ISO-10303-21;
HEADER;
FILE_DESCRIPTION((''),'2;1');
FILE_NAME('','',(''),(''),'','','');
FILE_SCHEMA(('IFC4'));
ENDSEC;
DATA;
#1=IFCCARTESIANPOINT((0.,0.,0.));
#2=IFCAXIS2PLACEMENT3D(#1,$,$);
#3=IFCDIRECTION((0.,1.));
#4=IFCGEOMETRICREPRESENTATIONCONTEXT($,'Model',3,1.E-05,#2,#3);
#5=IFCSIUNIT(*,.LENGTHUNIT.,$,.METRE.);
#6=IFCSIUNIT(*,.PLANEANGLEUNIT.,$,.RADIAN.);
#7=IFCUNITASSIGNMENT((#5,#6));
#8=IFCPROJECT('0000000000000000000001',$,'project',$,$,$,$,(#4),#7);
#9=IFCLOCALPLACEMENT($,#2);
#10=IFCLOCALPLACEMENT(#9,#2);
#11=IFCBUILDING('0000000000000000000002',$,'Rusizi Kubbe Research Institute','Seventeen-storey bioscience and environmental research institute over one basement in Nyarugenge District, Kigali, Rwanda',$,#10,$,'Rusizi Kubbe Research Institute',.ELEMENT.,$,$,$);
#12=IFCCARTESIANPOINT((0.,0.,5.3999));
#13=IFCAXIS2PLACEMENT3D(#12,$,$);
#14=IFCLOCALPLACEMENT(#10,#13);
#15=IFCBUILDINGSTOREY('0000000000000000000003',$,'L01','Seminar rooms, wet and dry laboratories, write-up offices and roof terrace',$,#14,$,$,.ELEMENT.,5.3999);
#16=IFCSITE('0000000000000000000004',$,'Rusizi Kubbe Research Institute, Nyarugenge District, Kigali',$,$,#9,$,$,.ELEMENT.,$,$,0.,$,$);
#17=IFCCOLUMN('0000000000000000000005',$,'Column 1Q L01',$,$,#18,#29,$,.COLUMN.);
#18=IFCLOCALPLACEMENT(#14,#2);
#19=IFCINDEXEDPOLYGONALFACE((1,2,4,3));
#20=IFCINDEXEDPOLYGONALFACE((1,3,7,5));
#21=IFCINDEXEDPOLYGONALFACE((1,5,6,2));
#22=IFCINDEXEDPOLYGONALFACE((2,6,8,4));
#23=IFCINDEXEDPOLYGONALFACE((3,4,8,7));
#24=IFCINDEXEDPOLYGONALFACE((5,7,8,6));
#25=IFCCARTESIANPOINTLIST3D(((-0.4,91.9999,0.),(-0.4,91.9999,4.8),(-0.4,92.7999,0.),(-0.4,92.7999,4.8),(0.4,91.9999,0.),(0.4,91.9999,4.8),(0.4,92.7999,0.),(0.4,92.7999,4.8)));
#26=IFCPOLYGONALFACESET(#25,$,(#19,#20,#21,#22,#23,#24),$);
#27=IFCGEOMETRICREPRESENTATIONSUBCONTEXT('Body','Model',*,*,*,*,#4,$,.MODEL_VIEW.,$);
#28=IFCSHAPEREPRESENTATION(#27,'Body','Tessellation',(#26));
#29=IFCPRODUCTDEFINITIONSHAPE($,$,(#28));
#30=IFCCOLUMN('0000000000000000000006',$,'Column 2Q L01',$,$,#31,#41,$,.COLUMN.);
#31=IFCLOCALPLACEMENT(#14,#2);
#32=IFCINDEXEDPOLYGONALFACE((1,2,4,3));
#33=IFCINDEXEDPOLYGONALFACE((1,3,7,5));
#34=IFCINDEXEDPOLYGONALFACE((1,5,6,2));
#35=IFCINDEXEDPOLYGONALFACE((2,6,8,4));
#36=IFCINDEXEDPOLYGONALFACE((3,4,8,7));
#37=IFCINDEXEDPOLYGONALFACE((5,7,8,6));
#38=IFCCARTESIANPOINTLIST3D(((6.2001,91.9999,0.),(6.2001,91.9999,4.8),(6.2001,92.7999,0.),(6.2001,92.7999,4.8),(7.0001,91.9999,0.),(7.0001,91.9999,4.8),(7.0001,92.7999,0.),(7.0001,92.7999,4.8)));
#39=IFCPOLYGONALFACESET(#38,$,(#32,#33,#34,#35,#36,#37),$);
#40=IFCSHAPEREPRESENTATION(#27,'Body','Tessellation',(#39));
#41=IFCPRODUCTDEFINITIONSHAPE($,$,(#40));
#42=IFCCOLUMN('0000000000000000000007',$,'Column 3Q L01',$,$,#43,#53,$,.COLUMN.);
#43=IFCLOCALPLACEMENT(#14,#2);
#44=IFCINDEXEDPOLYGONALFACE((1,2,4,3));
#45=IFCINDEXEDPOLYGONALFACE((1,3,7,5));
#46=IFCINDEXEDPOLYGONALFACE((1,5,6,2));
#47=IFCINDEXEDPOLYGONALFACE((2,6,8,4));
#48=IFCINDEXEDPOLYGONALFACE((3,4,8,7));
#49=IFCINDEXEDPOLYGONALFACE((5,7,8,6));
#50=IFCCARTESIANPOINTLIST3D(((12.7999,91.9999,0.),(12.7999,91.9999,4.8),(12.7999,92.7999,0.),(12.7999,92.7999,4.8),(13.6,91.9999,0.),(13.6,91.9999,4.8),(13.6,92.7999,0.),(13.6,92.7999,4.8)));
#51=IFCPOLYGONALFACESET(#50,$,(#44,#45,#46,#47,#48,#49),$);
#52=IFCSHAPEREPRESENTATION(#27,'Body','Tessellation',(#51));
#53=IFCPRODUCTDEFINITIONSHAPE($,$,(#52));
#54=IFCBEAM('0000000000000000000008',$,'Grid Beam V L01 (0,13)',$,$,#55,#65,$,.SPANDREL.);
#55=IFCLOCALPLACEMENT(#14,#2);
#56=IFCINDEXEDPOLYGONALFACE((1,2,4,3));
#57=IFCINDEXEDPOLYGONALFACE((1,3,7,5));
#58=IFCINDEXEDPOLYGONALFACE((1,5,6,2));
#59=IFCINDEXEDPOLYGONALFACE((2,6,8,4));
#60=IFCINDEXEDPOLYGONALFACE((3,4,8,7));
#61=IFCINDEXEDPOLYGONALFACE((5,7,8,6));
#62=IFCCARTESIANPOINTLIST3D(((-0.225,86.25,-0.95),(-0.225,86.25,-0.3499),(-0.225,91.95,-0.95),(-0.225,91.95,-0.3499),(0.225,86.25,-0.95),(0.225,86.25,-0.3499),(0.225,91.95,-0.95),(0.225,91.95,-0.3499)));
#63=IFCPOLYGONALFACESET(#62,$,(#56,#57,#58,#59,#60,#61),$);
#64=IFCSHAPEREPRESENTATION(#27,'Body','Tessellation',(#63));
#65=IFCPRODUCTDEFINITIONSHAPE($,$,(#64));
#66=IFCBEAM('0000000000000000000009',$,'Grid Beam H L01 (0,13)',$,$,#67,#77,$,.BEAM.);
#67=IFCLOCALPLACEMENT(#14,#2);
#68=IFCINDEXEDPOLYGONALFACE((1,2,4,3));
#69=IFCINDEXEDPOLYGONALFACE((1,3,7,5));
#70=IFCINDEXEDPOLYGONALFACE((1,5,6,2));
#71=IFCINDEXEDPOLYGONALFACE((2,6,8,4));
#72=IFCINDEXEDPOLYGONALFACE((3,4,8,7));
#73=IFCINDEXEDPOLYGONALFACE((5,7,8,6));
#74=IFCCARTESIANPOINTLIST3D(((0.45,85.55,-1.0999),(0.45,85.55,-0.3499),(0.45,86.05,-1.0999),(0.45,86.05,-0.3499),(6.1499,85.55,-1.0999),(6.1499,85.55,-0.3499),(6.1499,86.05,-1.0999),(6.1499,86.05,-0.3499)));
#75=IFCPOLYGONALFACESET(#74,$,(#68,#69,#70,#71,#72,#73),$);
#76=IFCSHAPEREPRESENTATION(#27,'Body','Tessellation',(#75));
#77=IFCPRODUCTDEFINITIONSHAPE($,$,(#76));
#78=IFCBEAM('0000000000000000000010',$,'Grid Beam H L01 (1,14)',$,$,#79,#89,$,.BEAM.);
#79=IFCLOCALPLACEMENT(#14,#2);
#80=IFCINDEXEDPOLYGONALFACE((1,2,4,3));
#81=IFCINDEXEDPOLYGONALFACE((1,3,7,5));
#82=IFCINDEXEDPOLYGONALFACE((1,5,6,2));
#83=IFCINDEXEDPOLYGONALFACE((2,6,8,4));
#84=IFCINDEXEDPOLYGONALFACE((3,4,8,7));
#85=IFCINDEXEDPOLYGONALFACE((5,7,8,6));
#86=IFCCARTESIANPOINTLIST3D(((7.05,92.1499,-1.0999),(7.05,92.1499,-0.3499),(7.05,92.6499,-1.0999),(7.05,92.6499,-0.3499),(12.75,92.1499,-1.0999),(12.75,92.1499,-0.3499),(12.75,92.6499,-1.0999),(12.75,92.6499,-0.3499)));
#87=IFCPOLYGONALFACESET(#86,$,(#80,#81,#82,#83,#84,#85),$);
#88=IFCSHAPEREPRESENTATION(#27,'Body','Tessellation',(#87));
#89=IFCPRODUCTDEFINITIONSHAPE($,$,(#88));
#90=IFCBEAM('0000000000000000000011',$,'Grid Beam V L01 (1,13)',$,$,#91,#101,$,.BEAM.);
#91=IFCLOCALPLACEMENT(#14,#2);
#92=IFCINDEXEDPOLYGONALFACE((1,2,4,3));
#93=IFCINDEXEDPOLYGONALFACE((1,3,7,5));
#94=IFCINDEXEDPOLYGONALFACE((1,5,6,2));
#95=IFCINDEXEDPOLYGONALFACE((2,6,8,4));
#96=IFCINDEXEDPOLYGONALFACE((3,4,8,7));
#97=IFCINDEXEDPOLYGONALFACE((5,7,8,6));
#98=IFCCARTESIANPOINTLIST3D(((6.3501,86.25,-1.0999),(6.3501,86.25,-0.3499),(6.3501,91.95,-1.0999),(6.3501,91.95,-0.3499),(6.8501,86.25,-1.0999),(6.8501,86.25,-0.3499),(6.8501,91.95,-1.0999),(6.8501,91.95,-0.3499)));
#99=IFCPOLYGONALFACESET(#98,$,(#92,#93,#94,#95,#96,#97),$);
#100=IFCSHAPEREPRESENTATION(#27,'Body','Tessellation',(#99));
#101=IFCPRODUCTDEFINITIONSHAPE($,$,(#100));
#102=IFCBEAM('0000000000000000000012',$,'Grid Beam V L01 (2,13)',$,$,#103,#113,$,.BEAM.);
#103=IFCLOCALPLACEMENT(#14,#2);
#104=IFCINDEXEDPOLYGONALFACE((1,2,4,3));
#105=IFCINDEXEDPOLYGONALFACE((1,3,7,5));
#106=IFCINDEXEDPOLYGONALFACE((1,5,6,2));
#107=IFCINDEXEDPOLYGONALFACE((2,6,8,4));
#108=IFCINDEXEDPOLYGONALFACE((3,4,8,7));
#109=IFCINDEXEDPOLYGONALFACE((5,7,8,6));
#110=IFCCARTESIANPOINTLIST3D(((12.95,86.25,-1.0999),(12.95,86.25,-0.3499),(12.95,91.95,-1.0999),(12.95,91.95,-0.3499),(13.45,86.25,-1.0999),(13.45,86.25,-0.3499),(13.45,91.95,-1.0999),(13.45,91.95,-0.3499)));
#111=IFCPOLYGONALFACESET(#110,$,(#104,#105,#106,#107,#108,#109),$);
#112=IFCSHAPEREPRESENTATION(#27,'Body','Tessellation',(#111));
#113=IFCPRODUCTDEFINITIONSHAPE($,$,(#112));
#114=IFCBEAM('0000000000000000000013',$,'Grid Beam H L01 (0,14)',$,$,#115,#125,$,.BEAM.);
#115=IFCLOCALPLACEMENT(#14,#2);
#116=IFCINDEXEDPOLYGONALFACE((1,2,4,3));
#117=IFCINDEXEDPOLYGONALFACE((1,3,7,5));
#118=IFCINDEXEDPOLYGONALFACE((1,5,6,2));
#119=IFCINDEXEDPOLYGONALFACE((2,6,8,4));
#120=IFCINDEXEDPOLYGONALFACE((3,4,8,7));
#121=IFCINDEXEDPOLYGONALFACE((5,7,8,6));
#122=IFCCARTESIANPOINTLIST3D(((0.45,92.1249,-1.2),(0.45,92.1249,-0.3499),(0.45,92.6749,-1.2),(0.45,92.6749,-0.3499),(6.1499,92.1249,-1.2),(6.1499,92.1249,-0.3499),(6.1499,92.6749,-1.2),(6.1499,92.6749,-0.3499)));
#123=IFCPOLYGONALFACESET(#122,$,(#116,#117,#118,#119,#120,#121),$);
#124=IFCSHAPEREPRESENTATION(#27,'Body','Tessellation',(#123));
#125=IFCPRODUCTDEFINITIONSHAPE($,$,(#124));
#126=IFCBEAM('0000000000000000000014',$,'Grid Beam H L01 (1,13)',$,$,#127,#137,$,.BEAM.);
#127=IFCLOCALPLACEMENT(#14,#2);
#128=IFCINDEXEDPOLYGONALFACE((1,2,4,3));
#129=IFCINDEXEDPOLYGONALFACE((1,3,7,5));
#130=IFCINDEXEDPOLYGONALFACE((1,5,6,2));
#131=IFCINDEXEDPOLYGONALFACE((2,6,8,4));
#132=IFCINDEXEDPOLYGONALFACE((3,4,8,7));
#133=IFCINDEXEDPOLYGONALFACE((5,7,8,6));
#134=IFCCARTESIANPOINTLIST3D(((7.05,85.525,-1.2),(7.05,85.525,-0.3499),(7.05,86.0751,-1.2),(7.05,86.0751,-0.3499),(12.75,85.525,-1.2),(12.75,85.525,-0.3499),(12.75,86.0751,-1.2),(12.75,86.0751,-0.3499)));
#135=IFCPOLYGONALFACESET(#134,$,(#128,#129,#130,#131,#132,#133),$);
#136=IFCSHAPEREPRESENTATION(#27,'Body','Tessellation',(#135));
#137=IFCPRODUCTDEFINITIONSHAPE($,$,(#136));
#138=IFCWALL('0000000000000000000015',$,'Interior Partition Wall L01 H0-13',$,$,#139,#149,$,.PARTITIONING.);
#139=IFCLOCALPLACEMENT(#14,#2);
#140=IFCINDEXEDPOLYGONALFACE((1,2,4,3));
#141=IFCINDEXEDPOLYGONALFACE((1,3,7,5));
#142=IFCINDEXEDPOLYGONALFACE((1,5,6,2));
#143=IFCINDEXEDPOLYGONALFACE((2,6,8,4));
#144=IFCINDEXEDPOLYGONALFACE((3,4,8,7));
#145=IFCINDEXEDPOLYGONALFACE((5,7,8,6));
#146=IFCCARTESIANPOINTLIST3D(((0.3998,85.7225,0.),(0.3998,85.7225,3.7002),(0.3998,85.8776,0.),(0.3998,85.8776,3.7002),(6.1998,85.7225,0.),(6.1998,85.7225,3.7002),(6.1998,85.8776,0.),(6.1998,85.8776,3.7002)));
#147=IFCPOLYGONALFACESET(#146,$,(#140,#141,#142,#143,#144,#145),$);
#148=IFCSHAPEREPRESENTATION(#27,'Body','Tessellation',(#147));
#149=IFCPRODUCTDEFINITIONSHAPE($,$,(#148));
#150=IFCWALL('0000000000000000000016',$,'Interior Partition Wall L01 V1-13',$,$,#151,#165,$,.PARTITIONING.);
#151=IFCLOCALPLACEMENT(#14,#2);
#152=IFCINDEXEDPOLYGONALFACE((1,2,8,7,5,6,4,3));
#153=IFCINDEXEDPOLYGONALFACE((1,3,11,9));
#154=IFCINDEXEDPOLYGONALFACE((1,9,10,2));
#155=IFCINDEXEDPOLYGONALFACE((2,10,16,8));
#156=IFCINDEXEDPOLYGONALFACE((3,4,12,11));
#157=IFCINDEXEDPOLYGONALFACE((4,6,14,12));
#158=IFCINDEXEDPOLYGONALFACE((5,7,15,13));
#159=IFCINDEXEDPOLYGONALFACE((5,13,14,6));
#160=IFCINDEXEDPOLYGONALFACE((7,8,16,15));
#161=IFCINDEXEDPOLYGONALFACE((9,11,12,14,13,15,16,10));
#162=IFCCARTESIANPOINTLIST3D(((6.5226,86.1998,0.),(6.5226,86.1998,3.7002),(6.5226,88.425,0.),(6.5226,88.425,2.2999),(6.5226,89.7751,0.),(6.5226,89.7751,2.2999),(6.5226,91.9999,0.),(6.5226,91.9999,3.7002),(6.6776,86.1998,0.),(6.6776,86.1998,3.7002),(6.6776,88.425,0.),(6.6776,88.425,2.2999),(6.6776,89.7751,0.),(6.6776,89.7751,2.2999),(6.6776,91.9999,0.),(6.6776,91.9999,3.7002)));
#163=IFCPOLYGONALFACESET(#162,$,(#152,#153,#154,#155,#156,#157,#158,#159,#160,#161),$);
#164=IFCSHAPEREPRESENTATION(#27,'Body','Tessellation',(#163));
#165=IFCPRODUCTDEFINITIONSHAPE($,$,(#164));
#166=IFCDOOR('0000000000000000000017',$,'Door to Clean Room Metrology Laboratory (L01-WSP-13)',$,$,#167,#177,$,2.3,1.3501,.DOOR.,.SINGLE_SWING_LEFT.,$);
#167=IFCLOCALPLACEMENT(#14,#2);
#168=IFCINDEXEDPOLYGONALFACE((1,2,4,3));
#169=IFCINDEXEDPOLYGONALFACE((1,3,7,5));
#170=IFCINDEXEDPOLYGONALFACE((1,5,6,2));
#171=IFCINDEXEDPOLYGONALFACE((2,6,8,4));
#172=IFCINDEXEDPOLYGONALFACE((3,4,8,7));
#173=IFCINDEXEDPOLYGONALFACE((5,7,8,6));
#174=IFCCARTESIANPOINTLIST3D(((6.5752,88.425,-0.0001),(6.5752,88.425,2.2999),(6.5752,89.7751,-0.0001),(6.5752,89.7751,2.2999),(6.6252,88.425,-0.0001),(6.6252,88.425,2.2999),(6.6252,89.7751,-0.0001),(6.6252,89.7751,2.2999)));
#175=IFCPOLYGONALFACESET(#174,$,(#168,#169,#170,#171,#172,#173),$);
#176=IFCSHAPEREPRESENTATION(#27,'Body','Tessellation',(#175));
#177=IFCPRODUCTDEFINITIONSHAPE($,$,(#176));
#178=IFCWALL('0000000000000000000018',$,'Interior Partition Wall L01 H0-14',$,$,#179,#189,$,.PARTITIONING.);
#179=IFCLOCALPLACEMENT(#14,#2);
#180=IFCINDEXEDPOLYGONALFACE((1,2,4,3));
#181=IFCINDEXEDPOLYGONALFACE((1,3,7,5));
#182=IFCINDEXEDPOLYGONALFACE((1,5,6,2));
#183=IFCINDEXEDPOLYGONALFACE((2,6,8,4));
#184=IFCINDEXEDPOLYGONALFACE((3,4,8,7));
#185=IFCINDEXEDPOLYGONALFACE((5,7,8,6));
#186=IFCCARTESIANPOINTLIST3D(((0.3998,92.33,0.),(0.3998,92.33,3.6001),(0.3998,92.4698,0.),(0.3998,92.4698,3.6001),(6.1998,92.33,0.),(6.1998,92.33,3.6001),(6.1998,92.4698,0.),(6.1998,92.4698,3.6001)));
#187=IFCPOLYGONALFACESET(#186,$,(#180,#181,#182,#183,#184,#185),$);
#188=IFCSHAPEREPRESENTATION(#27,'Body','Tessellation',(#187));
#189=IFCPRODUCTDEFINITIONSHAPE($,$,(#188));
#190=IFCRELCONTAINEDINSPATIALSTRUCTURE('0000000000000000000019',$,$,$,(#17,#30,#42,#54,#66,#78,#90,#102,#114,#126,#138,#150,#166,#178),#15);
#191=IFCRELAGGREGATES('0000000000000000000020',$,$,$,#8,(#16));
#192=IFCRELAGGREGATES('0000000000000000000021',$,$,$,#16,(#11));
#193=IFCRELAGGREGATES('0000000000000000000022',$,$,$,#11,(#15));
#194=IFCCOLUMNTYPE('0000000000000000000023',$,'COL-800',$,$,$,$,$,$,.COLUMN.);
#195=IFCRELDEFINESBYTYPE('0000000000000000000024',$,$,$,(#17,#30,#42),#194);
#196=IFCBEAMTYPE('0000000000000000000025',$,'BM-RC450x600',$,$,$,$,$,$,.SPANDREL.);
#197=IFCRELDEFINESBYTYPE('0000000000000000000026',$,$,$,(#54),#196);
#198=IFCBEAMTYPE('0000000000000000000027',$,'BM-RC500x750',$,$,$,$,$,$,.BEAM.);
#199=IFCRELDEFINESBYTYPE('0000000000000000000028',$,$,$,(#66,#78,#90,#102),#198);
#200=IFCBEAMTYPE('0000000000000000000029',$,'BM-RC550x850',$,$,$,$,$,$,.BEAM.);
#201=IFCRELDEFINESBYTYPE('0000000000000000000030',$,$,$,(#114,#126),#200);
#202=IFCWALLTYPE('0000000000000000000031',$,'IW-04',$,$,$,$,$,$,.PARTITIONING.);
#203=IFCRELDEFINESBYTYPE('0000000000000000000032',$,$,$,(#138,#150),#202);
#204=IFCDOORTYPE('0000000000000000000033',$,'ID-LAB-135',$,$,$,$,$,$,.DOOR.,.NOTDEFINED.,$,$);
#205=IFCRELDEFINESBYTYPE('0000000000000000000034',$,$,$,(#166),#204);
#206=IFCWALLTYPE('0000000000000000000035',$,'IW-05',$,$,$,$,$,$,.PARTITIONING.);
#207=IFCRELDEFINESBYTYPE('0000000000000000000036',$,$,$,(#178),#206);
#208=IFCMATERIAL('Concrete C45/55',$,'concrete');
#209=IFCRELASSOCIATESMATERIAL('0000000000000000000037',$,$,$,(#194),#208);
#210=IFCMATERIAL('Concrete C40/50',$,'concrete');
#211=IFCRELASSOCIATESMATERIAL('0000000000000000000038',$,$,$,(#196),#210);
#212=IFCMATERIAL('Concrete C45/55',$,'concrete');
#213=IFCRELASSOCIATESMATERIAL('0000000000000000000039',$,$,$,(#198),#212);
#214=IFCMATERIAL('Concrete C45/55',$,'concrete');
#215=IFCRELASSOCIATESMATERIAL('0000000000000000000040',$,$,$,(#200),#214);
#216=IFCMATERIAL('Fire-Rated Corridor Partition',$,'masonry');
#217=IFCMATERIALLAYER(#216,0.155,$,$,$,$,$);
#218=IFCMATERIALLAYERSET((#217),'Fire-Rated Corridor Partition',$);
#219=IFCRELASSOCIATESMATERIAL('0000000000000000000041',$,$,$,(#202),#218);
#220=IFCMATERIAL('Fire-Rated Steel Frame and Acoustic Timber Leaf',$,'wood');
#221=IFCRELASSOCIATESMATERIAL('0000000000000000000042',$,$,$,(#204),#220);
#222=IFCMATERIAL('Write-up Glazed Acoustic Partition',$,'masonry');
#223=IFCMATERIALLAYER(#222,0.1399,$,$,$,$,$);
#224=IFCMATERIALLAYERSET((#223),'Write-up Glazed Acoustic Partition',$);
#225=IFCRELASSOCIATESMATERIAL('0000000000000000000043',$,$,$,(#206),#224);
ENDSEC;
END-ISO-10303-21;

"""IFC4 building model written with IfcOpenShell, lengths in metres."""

from ifc_helpers import new_model, si_unit, direction, frame, frame_2d, origin, origin_2d, place, context, subcontext, project, spatial, rectangle, extrude, material, layer, layer_set, material_profile, profile_set, type_object, element, fill, save


model = new_model("IFC4")

# Units and contexts
model_context = context("Model", 3, precision=1e-05, world=origin(), true_north=direction((0.0, 1.0)))
body_context = subcontext(model_context, "Body", "Model", "MODEL_VIEW")
ifc_project = project(units=[si_unit("LENGTHUNIT", "METRE"), si_unit("PLANEANGLEUNIT", "RADIAN")], contexts=[model_context])

# Site, building, storey
site_placement = place(None, origin())
site = spatial("IfcSite", under=ifc_project, at=site_placement, Name="Rusizi Kubbe Research Institute, Nyarugenge District, Kigali", CompositionType="ELEMENT", RefElevation=0.0)
building_placement = place(site_placement, origin())
building = spatial("IfcBuilding", under=site, at=building_placement, Name="Rusizi Kubbe Research Institute", Description="Seventeen-storey bioscience and environmental research institute over one basement in Nyarugenge District, Kigali, Rwanda", LongName="Rusizi Kubbe Research Institute", CompositionType="ELEMENT")
storey_placement = place(building_placement, frame((0.0, 0.0, 5.3999)))
storey = spatial("IfcBuildingStorey", under=building, at=storey_placement, Name="L01", Description="Seminar rooms, wet and dry laboratories, write-up offices and roof terrace", CompositionType="ELEMENT", Elevation=5.3999)

# Columns
ifc_material_1 = material(Name="Concrete C45/55", Category="concrete")
ifc_material_profile_1 = material_profile(ifc_material_1, rectangle(XDim=0.8, YDim=0.8, at=origin_2d()), Name="RC800x800")
ifc_profile_set_1 = profile_set([ifc_material_profile_1], Name="Concrete C45/55")
column_type = type_object("IfcColumnType", Name="COL-800", PredefinedType="COLUMN", material=ifc_profile_set_1)
for number, where, z_axis, x_axis, name in (
    (1, (0.0, 92.3999, 0.0), (0.0, 0.0, 1.0), (1.0, 0.0, 0.0), "Column 1Q L01"),
    (2, (6.6001, 92.3999, 0.0), (0.0, 0.0, 1.0), (1.0, 0.0, 0.0), "Column 2Q L01"),
    (3, (13.2, 92.3999, 0.0), (0.0, 0.0, 1.0), (1.0, 0.0, 0.0), "Column 3Q L01"),
):
    element("IfcColumn", number, at=place(storey_placement, frame(where, z_axis=z_axis, x_axis=x_axis)), inside=storey, type_object=column_type, Name=name, PredefinedType="COLUMN", context=body_context, shape_type="SweptSolid", body=[
        extrude(rectangle(XDim=0.8, YDim=0.8, at=origin_2d()), origin(), (0.0, 0.0, 1.0), 4.8),
    ])

# Beams
ifc_material_2 = material(Name="Concrete C40/50", Category="concrete")
ifc_material_profile_2 = material_profile(ifc_material_2, rectangle(XDim=0.45, YDim=0.6001, at=origin_2d()), Name="RC450x600")
ifc_profile_set_2 = profile_set([ifc_material_profile_2], Name="Concrete C40/50")
beam_type_1 = type_object("IfcBeamType", Name="BM-RC450x600", PredefinedType="SPANDREL", material=ifc_profile_set_2)
beam_placement = place(storey_placement, frame((0.0, 86.25, -0.6499), z_axis=(0.0, 1.0, 0.0), x_axis=(-1.0, 0.0, 0.0)))
element("IfcBeam", 4, at=beam_placement, inside=storey, type_object=beam_type_1, Name="Grid Beam V L01 (0,13)", PredefinedType="SPANDREL", context=body_context, shape_type="SweptSolid", body=[
    extrude(rectangle(XDim=0.45, YDim=0.6001, at=origin_2d()), origin(), (0.0, 0.0, 1.0), 5.7),
])
ifc_material_3 = material(Name="Concrete C45/55", Category="concrete")
ifc_material_profile_3 = material_profile(ifc_material_3, rectangle(XDim=0.5, YDim=0.75, at=origin_2d()), Name="RC500x750B")
ifc_profile_set_3 = profile_set([ifc_material_profile_3], Name="Concrete C45/55")
beam_type_2 = type_object("IfcBeamType", Name="BM-RC500x750", PredefinedType="BEAM", material=ifc_profile_set_3)
for number, where, z_axis, x_axis, name in (
    (5, (0.45, 85.8, -0.7249), (1.0, 0.0, 0.0), (0.0, 1.0, 0.0), "Grid Beam H L01 (0,13)"),
    (6, (7.05, 92.3999, -0.7249), (1.0, 0.0, 0.0), (0.0, 1.0, 0.0), "Grid Beam H L01 (1,14)"),
    (7, (6.6001, 86.25, -0.7249), (0.0, 1.0, 0.0), (-1.0, 0.0, 0.0), "Grid Beam V L01 (1,13)"),
    (8, (13.2, 86.25, -0.7249), (0.0, 1.0, 0.0), (-1.0, 0.0, 0.0), "Grid Beam V L01 (2,13)"),
):
    element("IfcBeam", number, at=place(storey_placement, frame(where, z_axis=z_axis, x_axis=x_axis)), inside=storey, type_object=beam_type_2, Name=name, PredefinedType="BEAM", context=body_context, shape_type="SweptSolid", body=[
        extrude(rectangle(XDim=0.5, YDim=0.75, at=origin_2d()), origin(), (0.0, 0.0, 1.0), 5.7),
    ])
ifc_material_4 = material(Name="Concrete C45/55", Category="concrete")
ifc_material_profile_4 = material_profile(ifc_material_4, rectangle(XDim=0.55, YDim=0.8501, at=origin_2d()), Name="RC550x850")
ifc_profile_set_4 = profile_set([ifc_material_profile_4], Name="Concrete C45/55")
beam_type_3 = type_object("IfcBeamType", Name="BM-RC550x850", PredefinedType="BEAM", material=ifc_profile_set_4)
for number, where, z_axis, x_axis, name in (
    (9, (0.45, 92.3999, -0.7749), (1.0, 0.0, 0.0), (0.0, 1.0, 0.0), "Grid Beam H L01 (0,14)"),
    (10, (7.05, 85.8, -0.7749), (1.0, 0.0, 0.0), (0.0, 1.0, 0.0), "Grid Beam H L01 (1,13)"),
):
    element("IfcBeam", number, at=place(storey_placement, frame(where, z_axis=z_axis, x_axis=x_axis)), inside=storey, type_object=beam_type_3, Name=name, PredefinedType="BEAM", context=body_context, shape_type="SweptSolid", body=[
        extrude(rectangle(XDim=0.55, YDim=0.8501, at=origin_2d()), origin(), (0.0, 0.0, 1.0), 5.7),
    ])

# Wall
ifc_material_5 = material(Name="Fire-Rated Corridor Partition", Category="masonry")
ifc_layer_1 = layer(ifc_material_5, 0.155)
ifc_layer_set_1 = layer_set([ifc_layer_1], Name="Fire-Rated Corridor Partition")
wall_type_1 = type_object("IfcWallType", Name="IW-04", PredefinedType="PARTITIONING", material=ifc_layer_set_1)
wall_1_placement = place(storey_placement, frame((0.3999, 85.8, 0.0), z_axis=(0.0, 0.0, 1.0), x_axis=(1.0, 0.0, 0.0)))
element("IfcWall", 11, at=wall_1_placement, inside=storey, type_object=wall_type_1, Name="Interior Partition Wall L01 H0-13", PredefinedType="PARTITIONING", context=body_context, shape_type="SweptSolid", body=[
    extrude(rectangle(XDim=5.8, YDim=0.155, at=frame_2d((2.8999, 0.0))), origin(), (0.0, 0.0, 1.0), 3.7002),
])

# Wall, opening, door
wall_2_placement = place(storey_placement, frame((6.6001, 86.2, 0.0), z_axis=(0.0, 0.0, 1.0), x_axis=(0.0, 1.0, 0.0)))
wall_2 = element("IfcWall", 12, at=wall_2_placement, inside=storey, type_object=wall_type_1, Name="Interior Partition Wall L01 V1-13", PredefinedType="PARTITIONING", context=body_context, shape_type="SweptSolid", body=[
    extrude(rectangle(XDim=5.8, YDim=0.155, at=frame_2d((2.8999, 0.0))), origin(), (0.0, 0.0, 1.0), 3.7002),
])
opening_1_placement = place(wall_2_placement, frame((2.2251, 0.0, 0.0)))
opening_1 = element("IfcOpeningElement", 13, at=opening_1_placement, cuts=wall_2, PredefinedType="OPENING", context=body_context, shape_type="SweptSolid", body=[
    extrude(rectangle(XDim=1.3501, YDim=2.3, at=frame_2d((0.675, 1.1499))), frame((0.0, 0.0874, 0.0), z_axis=(0.0, -1.0, 0.0), x_axis=(1.0, 0.0, 0.0)), (0.0, 0.0, 1.0), 0.175),
])
ifc_material_6 = material(Name="Fire-Rated Steel Frame and Acoustic Timber Leaf", Category="wood")
door_type_1 = type_object("IfcDoorType", Name="ID-LAB-135", OperationType="NOTDEFINED", PredefinedType="DOOR", material=ifc_material_6)
door_1_placement = place(opening_1_placement, origin())
door_1 = element("IfcDoor", 14, at=door_1_placement, inside=storey, type_object=door_type_1, Name="Door to Clean Room Metrology Laboratory (L01-WSP-13)", OperationType="SINGLE_SWING_LEFT", OverallHeight=2.3, OverallWidth=1.3501, PredefinedType="DOOR", context=body_context, shape_type="SweptSolid", body=[
    extrude(rectangle(XDim=1.3501, YDim=2.3, at=frame_2d((0.675, 1.1499))), frame((0.0, 0.0249, 0.0), z_axis=(0.0, -1.0, 0.0), x_axis=(1.0, 0.0, 0.0)), (0.0, 0.0, 1.0), 0.05),
])
fill(opening_1, door_1)

# Wall
ifc_material_7 = material(Name="Write-up Glazed Acoustic Partition", Category="masonry")
ifc_layer_2 = layer(ifc_material_7, 0.1399)
ifc_layer_set_2 = layer_set([ifc_layer_2], Name="Write-up Glazed Acoustic Partition")
wall_type_2 = type_object("IfcWallType", Name="IW-05", PredefinedType="PARTITIONING", material=ifc_layer_set_2)
wall_3_placement = place(storey_placement, frame((0.3999, 92.3999, 0.0), z_axis=(0.0, 0.0, 1.0), x_axis=(1.0, 0.0, 0.0)))
element("IfcWall", 15, at=wall_3_placement, inside=storey, type_object=wall_type_2, Name="Interior Partition Wall L01 H0-14", PredefinedType="PARTITIONING", context=body_context, shape_type="SweptSolid", body=[
    extrude(rectangle(XDim=5.8, YDim=0.1399, at=frame_2d((2.8999, 0.0))), origin(), (0.0, 0.0, 1.0), 3.6001),
])

save(model, "model.ifc")
